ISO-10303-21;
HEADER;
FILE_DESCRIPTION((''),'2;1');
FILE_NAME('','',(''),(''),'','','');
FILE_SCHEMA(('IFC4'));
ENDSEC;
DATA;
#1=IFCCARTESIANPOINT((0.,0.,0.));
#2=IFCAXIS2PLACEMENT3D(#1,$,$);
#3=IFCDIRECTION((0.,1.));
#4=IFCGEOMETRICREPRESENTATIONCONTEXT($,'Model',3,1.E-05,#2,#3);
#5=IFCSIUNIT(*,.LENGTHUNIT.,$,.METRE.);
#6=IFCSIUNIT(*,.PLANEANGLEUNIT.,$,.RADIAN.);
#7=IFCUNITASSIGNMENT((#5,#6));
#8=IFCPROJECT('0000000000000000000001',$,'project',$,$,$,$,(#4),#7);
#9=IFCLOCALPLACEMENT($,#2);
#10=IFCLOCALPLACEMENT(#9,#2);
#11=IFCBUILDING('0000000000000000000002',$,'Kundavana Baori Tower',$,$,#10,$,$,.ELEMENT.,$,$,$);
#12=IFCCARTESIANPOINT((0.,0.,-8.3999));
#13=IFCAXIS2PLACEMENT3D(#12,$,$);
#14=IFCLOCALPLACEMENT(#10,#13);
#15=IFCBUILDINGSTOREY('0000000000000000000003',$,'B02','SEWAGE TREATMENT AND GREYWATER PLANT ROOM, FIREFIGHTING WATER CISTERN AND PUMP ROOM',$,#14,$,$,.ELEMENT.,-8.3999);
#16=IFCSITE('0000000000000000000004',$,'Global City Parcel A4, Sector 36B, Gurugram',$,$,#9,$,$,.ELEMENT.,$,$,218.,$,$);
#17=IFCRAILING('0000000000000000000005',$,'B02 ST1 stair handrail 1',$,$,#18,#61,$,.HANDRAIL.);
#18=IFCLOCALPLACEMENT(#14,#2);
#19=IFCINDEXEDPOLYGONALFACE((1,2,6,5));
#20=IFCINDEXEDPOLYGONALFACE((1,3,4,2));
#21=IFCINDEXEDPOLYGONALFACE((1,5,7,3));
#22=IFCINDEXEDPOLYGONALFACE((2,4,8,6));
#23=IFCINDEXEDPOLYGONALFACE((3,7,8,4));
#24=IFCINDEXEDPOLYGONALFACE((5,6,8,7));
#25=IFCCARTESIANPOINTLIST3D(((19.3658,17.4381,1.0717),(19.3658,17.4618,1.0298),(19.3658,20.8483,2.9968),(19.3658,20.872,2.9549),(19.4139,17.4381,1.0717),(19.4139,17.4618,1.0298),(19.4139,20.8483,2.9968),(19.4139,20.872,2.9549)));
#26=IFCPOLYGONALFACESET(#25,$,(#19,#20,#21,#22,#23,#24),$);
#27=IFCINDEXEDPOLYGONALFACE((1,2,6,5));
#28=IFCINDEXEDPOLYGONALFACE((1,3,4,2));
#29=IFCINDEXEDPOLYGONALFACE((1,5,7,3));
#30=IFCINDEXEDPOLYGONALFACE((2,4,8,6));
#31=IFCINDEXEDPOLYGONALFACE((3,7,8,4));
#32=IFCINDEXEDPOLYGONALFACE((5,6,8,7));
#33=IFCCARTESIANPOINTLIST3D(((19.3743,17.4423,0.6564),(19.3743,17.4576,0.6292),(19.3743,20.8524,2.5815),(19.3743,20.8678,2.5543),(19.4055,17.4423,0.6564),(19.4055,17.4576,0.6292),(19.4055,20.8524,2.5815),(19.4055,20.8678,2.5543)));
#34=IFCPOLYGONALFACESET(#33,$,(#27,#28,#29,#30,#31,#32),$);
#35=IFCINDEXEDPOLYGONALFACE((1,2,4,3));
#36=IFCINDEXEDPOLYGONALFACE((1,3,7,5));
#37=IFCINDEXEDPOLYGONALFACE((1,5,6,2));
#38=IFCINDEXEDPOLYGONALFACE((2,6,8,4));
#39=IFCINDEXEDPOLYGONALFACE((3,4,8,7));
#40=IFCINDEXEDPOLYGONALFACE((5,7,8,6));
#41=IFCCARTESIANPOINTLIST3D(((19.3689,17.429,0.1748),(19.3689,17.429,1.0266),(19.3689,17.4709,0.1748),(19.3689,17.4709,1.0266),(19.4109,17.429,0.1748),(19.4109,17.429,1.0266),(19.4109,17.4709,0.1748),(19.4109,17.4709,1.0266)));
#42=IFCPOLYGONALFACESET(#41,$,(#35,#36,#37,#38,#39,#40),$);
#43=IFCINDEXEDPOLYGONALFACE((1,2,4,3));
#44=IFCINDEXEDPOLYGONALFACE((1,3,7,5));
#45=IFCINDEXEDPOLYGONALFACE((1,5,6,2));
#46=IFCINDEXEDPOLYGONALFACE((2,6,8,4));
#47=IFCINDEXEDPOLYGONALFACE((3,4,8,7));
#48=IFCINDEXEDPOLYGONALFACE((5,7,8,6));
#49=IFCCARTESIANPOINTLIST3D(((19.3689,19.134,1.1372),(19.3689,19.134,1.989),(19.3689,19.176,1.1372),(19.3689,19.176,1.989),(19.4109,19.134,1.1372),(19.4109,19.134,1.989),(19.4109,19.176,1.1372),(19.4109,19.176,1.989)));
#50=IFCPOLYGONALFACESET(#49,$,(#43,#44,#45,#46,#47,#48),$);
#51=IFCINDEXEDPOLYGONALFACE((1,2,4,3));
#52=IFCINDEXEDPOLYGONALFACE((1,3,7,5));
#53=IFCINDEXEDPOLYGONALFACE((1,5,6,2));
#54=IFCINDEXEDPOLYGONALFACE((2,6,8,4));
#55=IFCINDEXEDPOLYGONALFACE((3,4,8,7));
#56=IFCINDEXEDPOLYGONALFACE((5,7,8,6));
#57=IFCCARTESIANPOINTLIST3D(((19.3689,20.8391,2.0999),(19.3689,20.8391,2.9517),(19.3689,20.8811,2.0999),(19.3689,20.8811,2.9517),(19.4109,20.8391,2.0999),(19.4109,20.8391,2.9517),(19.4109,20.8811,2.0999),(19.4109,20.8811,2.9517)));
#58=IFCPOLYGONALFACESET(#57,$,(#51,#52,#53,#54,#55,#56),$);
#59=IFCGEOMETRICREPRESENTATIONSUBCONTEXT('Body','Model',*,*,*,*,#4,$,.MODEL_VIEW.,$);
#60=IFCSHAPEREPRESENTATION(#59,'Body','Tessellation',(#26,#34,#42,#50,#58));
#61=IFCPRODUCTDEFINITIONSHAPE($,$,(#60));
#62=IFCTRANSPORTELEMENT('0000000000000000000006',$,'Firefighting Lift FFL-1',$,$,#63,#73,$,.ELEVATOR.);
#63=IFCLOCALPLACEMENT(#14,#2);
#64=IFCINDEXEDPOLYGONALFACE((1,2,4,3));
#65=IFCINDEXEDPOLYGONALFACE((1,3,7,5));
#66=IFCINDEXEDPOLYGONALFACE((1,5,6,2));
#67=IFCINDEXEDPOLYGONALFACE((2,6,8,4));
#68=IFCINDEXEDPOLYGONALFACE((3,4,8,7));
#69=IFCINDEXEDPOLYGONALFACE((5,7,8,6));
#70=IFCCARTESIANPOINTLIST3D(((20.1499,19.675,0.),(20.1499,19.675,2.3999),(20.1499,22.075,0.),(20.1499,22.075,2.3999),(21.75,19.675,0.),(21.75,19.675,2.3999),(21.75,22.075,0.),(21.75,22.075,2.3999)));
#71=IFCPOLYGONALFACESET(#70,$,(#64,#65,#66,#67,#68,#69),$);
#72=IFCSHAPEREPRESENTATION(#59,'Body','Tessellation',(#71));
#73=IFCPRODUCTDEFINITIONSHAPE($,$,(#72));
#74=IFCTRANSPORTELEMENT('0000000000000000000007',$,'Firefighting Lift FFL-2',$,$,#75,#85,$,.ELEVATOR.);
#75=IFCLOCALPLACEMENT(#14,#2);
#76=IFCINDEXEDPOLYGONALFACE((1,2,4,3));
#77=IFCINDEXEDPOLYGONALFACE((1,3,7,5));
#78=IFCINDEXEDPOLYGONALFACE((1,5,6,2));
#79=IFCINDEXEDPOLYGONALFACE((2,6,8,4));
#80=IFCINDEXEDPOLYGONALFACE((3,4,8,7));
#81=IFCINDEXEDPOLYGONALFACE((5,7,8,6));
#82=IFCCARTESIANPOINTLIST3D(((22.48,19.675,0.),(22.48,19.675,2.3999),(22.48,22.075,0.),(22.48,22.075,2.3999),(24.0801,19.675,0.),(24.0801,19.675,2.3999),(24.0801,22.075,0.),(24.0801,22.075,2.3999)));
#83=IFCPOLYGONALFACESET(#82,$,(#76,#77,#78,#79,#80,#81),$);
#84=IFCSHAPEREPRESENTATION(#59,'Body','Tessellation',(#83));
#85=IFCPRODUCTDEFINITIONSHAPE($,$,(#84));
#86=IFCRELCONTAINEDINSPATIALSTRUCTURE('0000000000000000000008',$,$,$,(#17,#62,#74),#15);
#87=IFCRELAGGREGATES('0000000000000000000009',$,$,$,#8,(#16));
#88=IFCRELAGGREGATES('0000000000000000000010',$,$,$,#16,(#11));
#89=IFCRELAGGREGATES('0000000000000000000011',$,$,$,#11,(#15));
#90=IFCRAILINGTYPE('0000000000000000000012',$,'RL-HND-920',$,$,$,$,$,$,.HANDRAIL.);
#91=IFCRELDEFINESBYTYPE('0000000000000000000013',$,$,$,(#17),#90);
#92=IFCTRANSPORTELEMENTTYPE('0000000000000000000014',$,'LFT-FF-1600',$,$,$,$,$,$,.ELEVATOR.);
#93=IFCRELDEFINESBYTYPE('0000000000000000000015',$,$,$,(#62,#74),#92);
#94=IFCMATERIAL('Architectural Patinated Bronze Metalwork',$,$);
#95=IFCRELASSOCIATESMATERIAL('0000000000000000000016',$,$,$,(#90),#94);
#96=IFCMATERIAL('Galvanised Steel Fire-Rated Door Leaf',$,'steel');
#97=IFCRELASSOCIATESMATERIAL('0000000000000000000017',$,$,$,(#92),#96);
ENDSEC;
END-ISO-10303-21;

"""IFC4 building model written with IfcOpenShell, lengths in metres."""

from ifc_helpers import new_model, si_unit, direction, frame, origin, origin_2d, place, context, subcontext, project, spatial, rectangle, extrude, material, type_object, element, save


model = new_model("IFC4")

# Units and contexts
model_context = context("Model", 3, precision=1e-05, world=origin(), true_north=direction((0.0, 1.0)))
body_context = subcontext(model_context, "Body", "Model", "MODEL_VIEW")
ifc_project = project(units=[si_unit("LENGTHUNIT", "METRE"), si_unit("PLANEANGLEUNIT", "RADIAN")], contexts=[model_context])

# Site, building, storey
site_placement = place(None, origin())
site = spatial("IfcSite", under=ifc_project, at=site_placement, Name="Global City Parcel A4, Sector 36B, Gurugram", CompositionType="ELEMENT", RefElevation=218.0)
building_placement = place(site_placement, origin())
building = spatial("IfcBuilding", under=site, at=building_placement, Name="Kundavana Baori Tower", CompositionType="ELEMENT")
storey_placement = place(building_placement, frame((0.0, 0.0, -8.3999)))
storey = spatial("IfcBuildingStorey", under=building, at=storey_placement, Name="B02", Description="SEWAGE TREATMENT AND GREYWATER PLANT ROOM, FIREFIGHTING WATER CISTERN AND PUMP ROOM", CompositionType="ELEMENT", Elevation=-8.3999)

# Railing
ifc_material_1 = material(Name="Architectural Patinated Bronze Metalwork")
railing_type_1 = type_object("IfcRailingType", Name="RL-HND-920", PredefinedType="HANDRAIL", material=ifc_material_1)
railing_1_placement = place(storey_placement, frame((19.3899, 17.45, 0.1748)))
element("IfcRailing", 1, at=railing_1_placement, inside=storey, type_object=railing_type_1, Name="B02 ST1 stair handrail 1", PredefinedType="HANDRAIL", context=body_context, shape_type="SweptSolid", body=[
    extrude(rectangle(XDim=0.0481, YDim=0.0481, at=origin_2d()), frame((0.0, 0.0, 0.876), z_axis=(0.0, 0.870829, 0.491587), x_axis=(-1.0, 0.0, 0.0)), (0.0, 0.0, 1.0), 3.916),
    extrude(rectangle(XDim=0.0312, YDim=0.0312, at=origin_2d()), frame((0.0, 0.0, 0.468), z_axis=(0.0, 0.870829, 0.491587), x_axis=(-1.0, 0.0, 0.0)), (0.0, 0.0, 1.0), 3.916),
    extrude(rectangle(XDim=0.042, YDim=0.042, at=origin_2d()), origin(), (0.0, 0.0, 1.0), 0.8518),
    extrude(rectangle(XDim=0.042, YDim=0.042, at=origin_2d()), frame((0.0, 1.7051, 0.9624)), (0.0, 0.0, 1.0), 0.8518),
    extrude(rectangle(XDim=0.042, YDim=0.042, at=origin_2d()), frame((0.0, 3.4102, 1.925)), (0.0, 0.0, 1.0), 0.8518),
])

# Transport elements
ifc_material_2 = material(Name="Galvanised Steel Fire-Rated Door Leaf", Category="steel")
transport_element_type = type_object("IfcTransportElementType", Name="LFT-FF-1600", PredefinedType="ELEVATOR", material=ifc_material_2)
for number, where, z_axis, x_axis, name in (
    (2, (20.95, 20.875, 0.0), (0.0, 0.0, 1.0), (1.0, 0.0, 0.0), "Firefighting Lift FFL-1"),
    (3, (23.28, 20.875, 0.0), (0.0, 0.0, 1.0), (1.0, 0.0, 0.0), "Firefighting Lift FFL-2"),
):
    element("IfcTransportElement", number, at=place(storey_placement, frame(where, z_axis=z_axis, x_axis=x_axis)), inside=storey, type_object=transport_element_type, Name=name, PredefinedType="ELEVATOR", context=body_context, shape_type="SweptSolid", body=[
        extrude(rectangle(XDim=1.6001, YDim=2.3999, at=origin_2d()), origin(), (0.0, 0.0, 1.0), 2.3999),
    ])

save(model, "model.ifc")
